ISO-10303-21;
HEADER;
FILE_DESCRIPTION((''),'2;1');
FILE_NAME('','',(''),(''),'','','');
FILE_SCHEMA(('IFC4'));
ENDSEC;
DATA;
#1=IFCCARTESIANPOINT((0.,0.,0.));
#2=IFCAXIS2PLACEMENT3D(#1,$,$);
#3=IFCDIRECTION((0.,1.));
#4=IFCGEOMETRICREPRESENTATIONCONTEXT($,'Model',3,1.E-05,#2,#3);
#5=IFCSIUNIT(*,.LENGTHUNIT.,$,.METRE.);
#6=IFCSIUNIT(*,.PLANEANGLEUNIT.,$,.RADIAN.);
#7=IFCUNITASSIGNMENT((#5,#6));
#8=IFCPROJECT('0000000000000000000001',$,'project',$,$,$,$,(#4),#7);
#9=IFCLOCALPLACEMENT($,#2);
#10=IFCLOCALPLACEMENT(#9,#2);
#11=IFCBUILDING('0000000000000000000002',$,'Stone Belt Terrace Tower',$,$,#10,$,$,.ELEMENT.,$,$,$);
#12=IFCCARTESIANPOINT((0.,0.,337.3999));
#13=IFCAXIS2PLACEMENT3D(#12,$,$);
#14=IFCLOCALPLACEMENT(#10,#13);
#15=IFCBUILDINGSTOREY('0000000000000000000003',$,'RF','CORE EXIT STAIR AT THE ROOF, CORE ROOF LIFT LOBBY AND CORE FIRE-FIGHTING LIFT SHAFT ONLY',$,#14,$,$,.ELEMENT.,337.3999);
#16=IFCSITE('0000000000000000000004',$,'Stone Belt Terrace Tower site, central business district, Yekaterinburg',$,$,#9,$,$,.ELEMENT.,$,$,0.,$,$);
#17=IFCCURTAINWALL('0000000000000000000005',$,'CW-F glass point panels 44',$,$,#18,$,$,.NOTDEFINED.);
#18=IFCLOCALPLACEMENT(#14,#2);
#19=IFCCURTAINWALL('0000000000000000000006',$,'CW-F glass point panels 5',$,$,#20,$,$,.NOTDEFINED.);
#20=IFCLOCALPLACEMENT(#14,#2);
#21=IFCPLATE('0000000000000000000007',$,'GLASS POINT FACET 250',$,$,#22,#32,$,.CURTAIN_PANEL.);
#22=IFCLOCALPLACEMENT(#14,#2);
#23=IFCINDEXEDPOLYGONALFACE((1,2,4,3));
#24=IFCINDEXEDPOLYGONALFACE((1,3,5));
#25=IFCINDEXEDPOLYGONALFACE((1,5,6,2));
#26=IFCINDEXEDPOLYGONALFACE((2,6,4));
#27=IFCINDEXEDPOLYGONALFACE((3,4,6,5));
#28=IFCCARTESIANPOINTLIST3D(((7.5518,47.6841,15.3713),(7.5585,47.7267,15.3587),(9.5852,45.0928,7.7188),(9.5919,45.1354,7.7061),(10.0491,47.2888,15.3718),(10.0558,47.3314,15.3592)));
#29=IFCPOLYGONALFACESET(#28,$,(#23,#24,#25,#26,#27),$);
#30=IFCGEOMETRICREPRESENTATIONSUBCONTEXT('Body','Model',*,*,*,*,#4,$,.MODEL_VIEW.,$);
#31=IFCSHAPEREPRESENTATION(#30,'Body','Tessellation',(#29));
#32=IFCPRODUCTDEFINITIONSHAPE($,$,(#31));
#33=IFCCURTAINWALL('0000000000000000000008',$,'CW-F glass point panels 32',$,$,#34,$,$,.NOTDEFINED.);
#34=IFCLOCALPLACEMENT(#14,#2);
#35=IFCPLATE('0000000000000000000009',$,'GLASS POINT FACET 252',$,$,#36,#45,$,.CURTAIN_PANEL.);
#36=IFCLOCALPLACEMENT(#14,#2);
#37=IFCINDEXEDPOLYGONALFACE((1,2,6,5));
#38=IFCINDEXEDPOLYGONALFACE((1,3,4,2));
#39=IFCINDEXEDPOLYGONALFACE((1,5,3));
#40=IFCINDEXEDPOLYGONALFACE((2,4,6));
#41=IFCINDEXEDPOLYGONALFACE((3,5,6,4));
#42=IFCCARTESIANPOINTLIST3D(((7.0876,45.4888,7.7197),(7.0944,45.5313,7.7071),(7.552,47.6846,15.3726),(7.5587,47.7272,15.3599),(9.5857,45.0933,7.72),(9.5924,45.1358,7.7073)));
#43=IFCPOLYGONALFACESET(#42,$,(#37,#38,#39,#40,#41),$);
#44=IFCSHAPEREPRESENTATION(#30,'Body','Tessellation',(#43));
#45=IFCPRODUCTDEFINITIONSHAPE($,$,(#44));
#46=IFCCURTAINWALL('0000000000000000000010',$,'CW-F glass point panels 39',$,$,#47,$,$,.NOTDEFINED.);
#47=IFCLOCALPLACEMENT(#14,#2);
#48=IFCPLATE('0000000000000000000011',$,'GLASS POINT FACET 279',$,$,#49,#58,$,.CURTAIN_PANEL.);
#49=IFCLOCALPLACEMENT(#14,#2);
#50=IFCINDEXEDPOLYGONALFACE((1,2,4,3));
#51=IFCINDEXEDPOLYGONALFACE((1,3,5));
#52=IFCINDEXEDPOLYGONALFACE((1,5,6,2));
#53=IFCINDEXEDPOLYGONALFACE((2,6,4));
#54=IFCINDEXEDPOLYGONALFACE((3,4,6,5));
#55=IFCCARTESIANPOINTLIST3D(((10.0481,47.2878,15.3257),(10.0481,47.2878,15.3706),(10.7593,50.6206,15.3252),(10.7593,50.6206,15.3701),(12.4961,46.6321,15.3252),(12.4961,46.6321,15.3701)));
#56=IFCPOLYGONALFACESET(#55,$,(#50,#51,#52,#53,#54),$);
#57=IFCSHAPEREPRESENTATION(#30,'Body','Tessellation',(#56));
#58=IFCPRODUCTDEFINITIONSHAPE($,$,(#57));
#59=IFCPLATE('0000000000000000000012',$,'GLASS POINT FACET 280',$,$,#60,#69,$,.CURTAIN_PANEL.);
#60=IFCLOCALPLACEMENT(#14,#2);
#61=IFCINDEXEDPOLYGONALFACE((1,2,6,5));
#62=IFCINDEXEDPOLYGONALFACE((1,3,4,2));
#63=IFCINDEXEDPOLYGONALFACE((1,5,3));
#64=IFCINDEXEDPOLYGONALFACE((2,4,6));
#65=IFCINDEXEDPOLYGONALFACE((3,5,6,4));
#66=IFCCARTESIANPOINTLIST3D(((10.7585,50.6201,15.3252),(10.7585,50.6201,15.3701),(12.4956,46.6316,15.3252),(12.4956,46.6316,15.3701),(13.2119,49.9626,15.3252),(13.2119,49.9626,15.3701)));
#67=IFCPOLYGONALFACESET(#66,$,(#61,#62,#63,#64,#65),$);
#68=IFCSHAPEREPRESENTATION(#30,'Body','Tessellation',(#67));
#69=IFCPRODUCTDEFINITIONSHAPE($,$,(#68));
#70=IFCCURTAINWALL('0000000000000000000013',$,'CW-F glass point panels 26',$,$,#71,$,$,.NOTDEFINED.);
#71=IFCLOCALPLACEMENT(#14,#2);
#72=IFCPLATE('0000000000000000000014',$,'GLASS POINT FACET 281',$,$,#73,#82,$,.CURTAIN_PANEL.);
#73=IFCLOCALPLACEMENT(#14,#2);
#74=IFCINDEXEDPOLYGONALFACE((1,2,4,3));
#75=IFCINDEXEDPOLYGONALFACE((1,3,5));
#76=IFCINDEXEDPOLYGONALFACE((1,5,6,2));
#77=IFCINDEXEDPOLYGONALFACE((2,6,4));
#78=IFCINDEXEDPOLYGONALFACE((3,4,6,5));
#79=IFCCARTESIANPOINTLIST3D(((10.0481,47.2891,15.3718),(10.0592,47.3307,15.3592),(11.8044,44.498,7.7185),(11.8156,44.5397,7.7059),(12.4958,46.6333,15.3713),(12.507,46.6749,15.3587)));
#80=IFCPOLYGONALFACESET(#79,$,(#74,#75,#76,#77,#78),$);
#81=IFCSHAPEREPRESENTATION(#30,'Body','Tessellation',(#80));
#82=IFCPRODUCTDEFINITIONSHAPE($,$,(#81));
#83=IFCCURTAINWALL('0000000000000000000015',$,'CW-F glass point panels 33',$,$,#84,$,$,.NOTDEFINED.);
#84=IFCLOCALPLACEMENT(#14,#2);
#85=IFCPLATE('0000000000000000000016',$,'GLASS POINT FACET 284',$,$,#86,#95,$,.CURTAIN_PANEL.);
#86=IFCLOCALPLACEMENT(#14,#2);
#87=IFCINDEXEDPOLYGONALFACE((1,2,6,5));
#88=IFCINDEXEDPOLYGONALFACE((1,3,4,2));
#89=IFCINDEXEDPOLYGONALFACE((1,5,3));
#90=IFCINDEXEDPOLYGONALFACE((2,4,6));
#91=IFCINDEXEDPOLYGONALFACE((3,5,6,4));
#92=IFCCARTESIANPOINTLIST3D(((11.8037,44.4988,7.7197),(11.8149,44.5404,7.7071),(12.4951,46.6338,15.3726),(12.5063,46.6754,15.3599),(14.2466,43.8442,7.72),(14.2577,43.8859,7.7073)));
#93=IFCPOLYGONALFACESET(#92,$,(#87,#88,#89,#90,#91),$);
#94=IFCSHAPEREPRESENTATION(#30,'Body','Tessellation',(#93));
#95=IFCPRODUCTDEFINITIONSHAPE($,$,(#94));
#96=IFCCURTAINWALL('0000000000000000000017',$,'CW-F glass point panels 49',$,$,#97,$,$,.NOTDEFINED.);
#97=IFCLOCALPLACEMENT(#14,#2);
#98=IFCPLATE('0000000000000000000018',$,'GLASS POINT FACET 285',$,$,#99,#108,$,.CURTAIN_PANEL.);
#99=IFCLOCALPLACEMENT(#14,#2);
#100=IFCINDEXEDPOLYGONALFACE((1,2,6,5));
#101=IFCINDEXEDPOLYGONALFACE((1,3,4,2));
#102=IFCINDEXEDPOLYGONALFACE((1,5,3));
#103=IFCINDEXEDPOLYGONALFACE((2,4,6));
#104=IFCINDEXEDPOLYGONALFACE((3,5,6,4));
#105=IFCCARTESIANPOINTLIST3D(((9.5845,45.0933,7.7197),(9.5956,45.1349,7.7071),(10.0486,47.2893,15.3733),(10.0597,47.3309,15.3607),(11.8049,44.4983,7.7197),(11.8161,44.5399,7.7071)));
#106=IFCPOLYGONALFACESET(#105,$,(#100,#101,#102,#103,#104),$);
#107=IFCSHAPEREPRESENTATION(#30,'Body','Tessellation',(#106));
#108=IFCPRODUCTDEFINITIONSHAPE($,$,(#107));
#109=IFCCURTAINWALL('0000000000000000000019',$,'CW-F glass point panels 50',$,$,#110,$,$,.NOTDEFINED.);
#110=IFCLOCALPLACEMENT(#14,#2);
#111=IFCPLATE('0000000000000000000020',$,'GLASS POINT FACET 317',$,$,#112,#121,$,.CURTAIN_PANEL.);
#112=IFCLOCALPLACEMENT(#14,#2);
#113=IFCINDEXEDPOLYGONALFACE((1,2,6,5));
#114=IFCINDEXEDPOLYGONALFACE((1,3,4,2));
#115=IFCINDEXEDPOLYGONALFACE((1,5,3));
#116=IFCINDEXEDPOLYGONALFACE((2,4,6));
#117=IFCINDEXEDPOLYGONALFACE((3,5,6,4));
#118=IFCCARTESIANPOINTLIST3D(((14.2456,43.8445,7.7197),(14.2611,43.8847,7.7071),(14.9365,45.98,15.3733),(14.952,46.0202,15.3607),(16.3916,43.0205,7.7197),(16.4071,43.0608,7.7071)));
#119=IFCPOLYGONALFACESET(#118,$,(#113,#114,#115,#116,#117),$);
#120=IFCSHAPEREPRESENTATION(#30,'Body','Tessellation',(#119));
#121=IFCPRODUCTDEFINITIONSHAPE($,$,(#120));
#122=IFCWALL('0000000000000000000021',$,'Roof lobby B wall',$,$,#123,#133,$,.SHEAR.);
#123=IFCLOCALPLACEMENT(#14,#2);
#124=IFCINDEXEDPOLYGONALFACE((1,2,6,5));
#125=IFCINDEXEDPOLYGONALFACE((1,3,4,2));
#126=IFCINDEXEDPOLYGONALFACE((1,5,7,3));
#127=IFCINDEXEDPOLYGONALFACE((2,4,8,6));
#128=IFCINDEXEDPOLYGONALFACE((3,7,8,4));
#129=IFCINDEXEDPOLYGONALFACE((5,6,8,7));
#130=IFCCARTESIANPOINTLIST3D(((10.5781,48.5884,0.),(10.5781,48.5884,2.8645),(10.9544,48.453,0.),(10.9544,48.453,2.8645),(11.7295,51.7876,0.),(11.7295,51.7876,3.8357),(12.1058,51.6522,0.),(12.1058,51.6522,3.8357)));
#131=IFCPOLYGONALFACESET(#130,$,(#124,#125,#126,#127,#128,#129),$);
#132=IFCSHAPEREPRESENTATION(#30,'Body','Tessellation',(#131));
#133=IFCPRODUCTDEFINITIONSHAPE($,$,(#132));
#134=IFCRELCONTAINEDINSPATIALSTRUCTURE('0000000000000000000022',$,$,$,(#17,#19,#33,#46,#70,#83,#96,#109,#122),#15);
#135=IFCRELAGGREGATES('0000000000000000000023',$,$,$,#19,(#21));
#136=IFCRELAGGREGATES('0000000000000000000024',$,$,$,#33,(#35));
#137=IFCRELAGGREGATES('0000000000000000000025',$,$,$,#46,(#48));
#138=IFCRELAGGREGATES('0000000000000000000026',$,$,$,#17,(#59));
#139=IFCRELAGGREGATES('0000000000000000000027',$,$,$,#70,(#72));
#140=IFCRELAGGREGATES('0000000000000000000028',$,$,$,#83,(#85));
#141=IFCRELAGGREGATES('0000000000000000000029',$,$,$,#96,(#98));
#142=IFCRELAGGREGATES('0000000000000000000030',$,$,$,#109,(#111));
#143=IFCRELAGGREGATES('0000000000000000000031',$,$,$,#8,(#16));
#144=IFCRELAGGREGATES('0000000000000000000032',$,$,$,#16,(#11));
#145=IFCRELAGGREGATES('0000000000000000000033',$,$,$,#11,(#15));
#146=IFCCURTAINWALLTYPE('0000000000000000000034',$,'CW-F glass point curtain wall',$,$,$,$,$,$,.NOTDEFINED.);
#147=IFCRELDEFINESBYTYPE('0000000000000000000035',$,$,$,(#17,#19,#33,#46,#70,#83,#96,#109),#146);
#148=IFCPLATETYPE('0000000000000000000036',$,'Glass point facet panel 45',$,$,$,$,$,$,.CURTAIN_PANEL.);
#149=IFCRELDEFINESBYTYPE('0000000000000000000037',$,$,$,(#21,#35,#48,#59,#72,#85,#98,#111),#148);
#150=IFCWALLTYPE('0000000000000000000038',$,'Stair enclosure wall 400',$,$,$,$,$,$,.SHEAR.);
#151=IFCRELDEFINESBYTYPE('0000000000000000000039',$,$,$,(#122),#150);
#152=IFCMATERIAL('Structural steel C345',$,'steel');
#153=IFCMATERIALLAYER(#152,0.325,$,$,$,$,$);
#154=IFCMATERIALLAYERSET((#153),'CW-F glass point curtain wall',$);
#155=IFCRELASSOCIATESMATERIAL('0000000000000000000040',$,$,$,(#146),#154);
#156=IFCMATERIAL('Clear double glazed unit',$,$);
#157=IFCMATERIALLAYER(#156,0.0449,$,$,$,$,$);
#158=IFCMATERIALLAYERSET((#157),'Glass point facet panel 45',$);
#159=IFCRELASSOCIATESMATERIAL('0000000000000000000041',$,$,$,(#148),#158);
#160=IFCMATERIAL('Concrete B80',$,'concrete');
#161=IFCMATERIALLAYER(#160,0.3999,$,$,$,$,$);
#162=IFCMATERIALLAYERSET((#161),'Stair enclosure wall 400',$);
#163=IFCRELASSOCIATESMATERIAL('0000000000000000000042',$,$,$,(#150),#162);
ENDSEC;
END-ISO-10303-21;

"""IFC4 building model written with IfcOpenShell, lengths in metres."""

from ifc_helpers import new_model, si_unit, direction, frame, origin, place, context, subcontext, project, spatial, polyline, outline, extrude, material, layer, layer_set, type_object, element, aggregate, save


model = new_model("IFC4")

# Units and contexts
model_context = context("Model", 3, precision=1e-05, world=origin(), true_north=direction((0.0, 1.0)))
body_context = subcontext(model_context, "Body", "Model", "MODEL_VIEW")
ifc_project = project(units=[si_unit("LENGTHUNIT", "METRE"), si_unit("PLANEANGLEUNIT", "RADIAN")], contexts=[model_context])

# Site, building, storey
site_placement = place(None, origin())
site = spatial("IfcSite", under=ifc_project, at=site_placement, Name="Stone Belt Terrace Tower site, central business district, Yekaterinburg", CompositionType="ELEMENT", RefElevation=0.0)
building_placement = place(site_placement, origin())
building = spatial("IfcBuilding", under=site, at=building_placement, Name="Stone Belt Terrace Tower", CompositionType="ELEMENT")
storey_placement = place(building_placement, frame((0.0, 0.0, 337.3999)))
storey = spatial("IfcBuildingStorey", under=building, at=storey_placement, Name="RF", Description="CORE EXIT STAIR AT THE ROOF, CORE ROOF LIFT LOBBY AND CORE FIRE-FIGHTING LIFT SHAFT ONLY", CompositionType="ELEMENT", Elevation=337.3999)

# Shared definitions
ifc_material_1 = material(Name="Structural steel C345", Category="steel")

# Curtain walls, plates
ifc_layer_1 = layer(ifc_material_1, 0.325)
ifc_layer_set_1 = layer_set([ifc_layer_1], Name="CW-F glass point curtain wall")
curtain_wall_type = type_object("IfcCurtainWallType", Name="CW-F glass point curtain wall", PredefinedType="NOTDEFINED", material=ifc_layer_set_1)
ifc_material_2 = material(Name="Clear double glazed unit")
ifc_layer_2 = layer(ifc_material_2, 0.0449)
ifc_layer_set_2 = layer_set([ifc_layer_2], Name="Glass point facet panel 45")
plate_type = type_object("IfcPlateType", Name="Glass point facet panel 45", PredefinedType="CURTAIN_PANEL", material=ifc_layer_set_2)
curtain_wall_1_placement = place(storey_placement, origin())
curtain_wall_1 = element("IfcCurtainWall", 1, at=curtain_wall_1_placement, inside=storey, type_object=curtain_wall_type, Name="CW-F glass point panels 44", PredefinedType="NOTDEFINED")
curtain_wall_2_placement = place(storey_placement, origin())
curtain_wall_2 = element("IfcCurtainWall", 2, at=curtain_wall_2_placement, inside=storey, type_object=curtain_wall_type, Name="CW-F glass point panels 5", PredefinedType="NOTDEFINED")
plate_1_placement = place(storey_placement, frame((10.0491, 47.2888, 15.3718), z_axis=(-0.15008, -0.947874, 0.281088), x_axis=(-0.058162, -0.275352, -0.959583)))
plate_1 = element("IfcPlate", 3, at=plate_1_placement, type_object=plate_type, Name="GLASS POINT FACET 250", PredefinedType="CURTAIN_PANEL", context=body_context, shape_type="SweptSolid", body=[
    extrude(outline(polyline([(0.0, 0.0), (7.9754, 0.0), (0.0369, -2.5281), (0.0, 0.0)])), origin(), (0.0, 0.0, -1.0), 0.0449),
])
aggregate(curtain_wall_2, [plate_1])
curtain_wall_3_placement = place(storey_placement, origin())
curtain_wall_3 = element("IfcCurtainWall", 4, at=curtain_wall_3_placement, inside=storey, type_object=curtain_wall_type, Name="CW-F glass point panels 32", PredefinedType="NOTDEFINED")
plate_2_placement = place(storey_placement, frame((7.552, 47.6846, 15.3726), z_axis=(-0.150101, -0.947874, 0.281078), x_axis=(0.244098, -0.311028, -0.918519)))
plate_2 = element("IfcPlate", 5, at=plate_2_placement, type_object=plate_type, Name="GLASS POINT FACET 252", PredefinedType="CURTAIN_PANEL", context=body_context, shape_type="SweptSolid", body=[
    extrude(outline(polyline([(0.0, 0.0), (8.3314, 0.0), (7.5989, -2.4207), (0.0, 0.0)])), origin(), (0.0, 0.0, -1.0), 0.0449),
])
aggregate(curtain_wall_3, [plate_2])
curtain_wall_4_placement = place(storey_placement, origin())
curtain_wall_4 = element("IfcCurtainWall", 6, at=curtain_wall_4_placement, inside=storey, type_object=curtain_wall_type, Name="CW-F glass point panels 39", PredefinedType="NOTDEFINED")
plate_3_placement = place(storey_placement, frame((10.0481, 47.2878, 15.3706), z_axis=(0.000226, 0.000098, 1.0), x_axis=(0.208692, 0.977981, -0.000143)))
plate_3 = element("IfcPlate", 7, at=plate_3_placement, type_object=plate_type, Name="GLASS POINT FACET 279", PredefinedType="CURTAIN_PANEL", context=body_context, shape_type="SweptSolid", body=[
    extrude(outline(polyline([(0.0, 0.0), (3.4078, 0.0), (-0.1304, -2.5309), (0.0, 0.0)])), origin(), (0.0, 0.0, -1.0), 0.0449),
])
aggregate(curtain_wall_4, [plate_3])

# Plate
plate_4_placement = place(storey_placement, frame((13.2119, 49.9626, 15.3701), z_axis=(0.0, 0.0, 1.0), x_axis=(-0.210234, -0.977651, 0.0)))
plate_4 = element("IfcPlate", 8, at=plate_4_placement, type_object=plate_type, Name="GLASS POINT FACET 280", PredefinedType="CURTAIN_PANEL", context=body_context, shape_type="SweptSolid", body=[
    extrude(outline(polyline([(0.0, 0.0), (3.4072, 0.0), (-0.127, -2.5368), (0.0, 0.0)])), origin(), (0.0, 0.0, -1.0), 0.0449),
])
aggregate(curtain_wall_1, [plate_4])

# Curtain walls, plates
curtain_wall_5_placement = place(storey_placement, origin())
curtain_wall_5 = element("IfcCurtainWall", 9, at=curtain_wall_5_placement, inside=storey, type_object=curtain_wall_type, Name="CW-F glass point panels 26", PredefinedType="NOTDEFINED")
plate_5_placement = place(storey_placement, frame((10.0481, 47.2891, 15.3718), z_axis=(-0.248293, -0.927008, 0.281081), x_axis=(0.965937, -0.258778, -0.000193)))
plate_5 = element("IfcPlate", 10, at=plate_5_placement, type_object=plate_type, Name="GLASS POINT FACET 281", PredefinedType="CURTAIN_PANEL", context=body_context, shape_type="SweptSolid", body=[
    extrude(outline(polyline([(0.0, 0.0), (2.5341, 0.0), (2.4202, -7.9743), (0.0, 0.0)])), origin(), (0.0, 0.0, -1.0), 0.0449),
])
aggregate(curtain_wall_5, [plate_5])
curtain_wall_6_placement = place(storey_placement, origin())
curtain_wall_6 = element("IfcCurtainWall", 11, at=curtain_wall_6_placement, inside=storey, type_object=curtain_wall_type, Name="CW-F glass point panels 33", PredefinedType="NOTDEFINED")
plate_6_placement = place(storey_placement, frame((12.4951, 46.6338, 15.3726), z_axis=(-0.248404, -0.926986, 0.281056), x_axis=(0.210226, -0.334826, -0.91853)))
plate_6 = element("IfcPlate", 12, at=plate_6_placement, type_object=plate_type, Name="GLASS POINT FACET 284", PredefinedType="CURTAIN_PANEL", context=body_context, shape_type="SweptSolid", body=[
    extrude(outline(polyline([(0.0, 0.0), (8.3313, 0.0), (7.5989, -2.4206), (0.0, 0.0)])), origin(), (0.0, 0.0, -1.0), 0.0449),
])
aggregate(curtain_wall_6, [plate_6])
curtain_wall_7_placement = place(storey_placement, origin())
curtain_wall_7 = element("IfcCurtainWall", 13, at=curtain_wall_7_placement, inside=storey, type_object=curtain_wall_type, Name="CW-F glass point panels 49", PredefinedType="NOTDEFINED")
plate_7_placement = place(storey_placement, frame((10.0486, 47.2893, 15.3733), z_axis=(-0.248387, -0.926994, 0.281045), x_axis=(0.210751, -0.334905, -0.918381)))
plate_7 = element("IfcPlate", 14, at=plate_7_placement, type_object=plate_type, Name="GLASS POINT FACET 285", PredefinedType="CURTAIN_PANEL", context=body_context, shape_type="SweptSolid", body=[
    extrude(outline(polyline([(0.0, 0.0), (8.3338, 0.0), (7.6665, -2.1998), (0.0, 0.0)])), origin(), (0.0, 0.0, -1.0), 0.0449),
])
aggregate(curtain_wall_7, [plate_7])
curtain_wall_8_placement = place(storey_placement, origin())
curtain_wall_8 = element("IfcCurtainWall", 15, at=curtain_wall_8_placement, inside=storey, type_object=curtain_wall_type, Name="CW-F glass point panels 50", PredefinedType="NOTDEFINED")
plate_8_placement = place(storey_placement, frame((14.9365, 45.98, 15.3733), z_axis=(-0.343999, -0.895926, 0.281036), x_axis=(0.174599, -0.355115, -0.918373)))
plate_8 = element("IfcPlate", 16, at=plate_8_placement, type_object=plate_type, Name="GLASS POINT FACET 317", PredefinedType="CURTAIN_PANEL", context=body_context, shape_type="SweptSolid", body=[
    extrude(outline(polyline([(0.0, 0.0), (8.3338, 0.0), (7.6665, -2.1998), (0.0, 0.0)])), origin(), (0.0, 0.0, -1.0), 0.0449),
])
aggregate(curtain_wall_8, [plate_8])

# Wall
ifc_material_3 = material(Name="Concrete B80", Category="concrete")
ifc_layer_3 = layer(ifc_material_3, 0.3999)
ifc_layer_set_3 = layer_set([ifc_layer_3], Name="Stair enclosure wall 400")
wall_type = type_object("IfcWallType", Name="Stair enclosure wall 400", PredefinedType="SHEAR", material=ifc_layer_set_3)
wall_placement = place(storey_placement, frame((10.5781, 48.5884, 2.8645), z_axis=(-0.94092, 0.338628, 0.0), x_axis=(0.325606, 0.904736, 0.274652)))
element("IfcWall", 17, at=wall_placement, inside=storey, type_object=wall_type, Name="Roof lobby B wall", PredefinedType="SHEAR", context=body_context, shape_type="SweptSolid", body=[
    extrude(outline(polyline([(0.0, 0.0), (3.5361, 0.0), (2.4826, 3.6882), (-0.7867, 2.7543), (0.0, 0.0)])), origin(), (0.0, 0.0, -1.0), 0.3999),
])

save(model, "model.ifc")
